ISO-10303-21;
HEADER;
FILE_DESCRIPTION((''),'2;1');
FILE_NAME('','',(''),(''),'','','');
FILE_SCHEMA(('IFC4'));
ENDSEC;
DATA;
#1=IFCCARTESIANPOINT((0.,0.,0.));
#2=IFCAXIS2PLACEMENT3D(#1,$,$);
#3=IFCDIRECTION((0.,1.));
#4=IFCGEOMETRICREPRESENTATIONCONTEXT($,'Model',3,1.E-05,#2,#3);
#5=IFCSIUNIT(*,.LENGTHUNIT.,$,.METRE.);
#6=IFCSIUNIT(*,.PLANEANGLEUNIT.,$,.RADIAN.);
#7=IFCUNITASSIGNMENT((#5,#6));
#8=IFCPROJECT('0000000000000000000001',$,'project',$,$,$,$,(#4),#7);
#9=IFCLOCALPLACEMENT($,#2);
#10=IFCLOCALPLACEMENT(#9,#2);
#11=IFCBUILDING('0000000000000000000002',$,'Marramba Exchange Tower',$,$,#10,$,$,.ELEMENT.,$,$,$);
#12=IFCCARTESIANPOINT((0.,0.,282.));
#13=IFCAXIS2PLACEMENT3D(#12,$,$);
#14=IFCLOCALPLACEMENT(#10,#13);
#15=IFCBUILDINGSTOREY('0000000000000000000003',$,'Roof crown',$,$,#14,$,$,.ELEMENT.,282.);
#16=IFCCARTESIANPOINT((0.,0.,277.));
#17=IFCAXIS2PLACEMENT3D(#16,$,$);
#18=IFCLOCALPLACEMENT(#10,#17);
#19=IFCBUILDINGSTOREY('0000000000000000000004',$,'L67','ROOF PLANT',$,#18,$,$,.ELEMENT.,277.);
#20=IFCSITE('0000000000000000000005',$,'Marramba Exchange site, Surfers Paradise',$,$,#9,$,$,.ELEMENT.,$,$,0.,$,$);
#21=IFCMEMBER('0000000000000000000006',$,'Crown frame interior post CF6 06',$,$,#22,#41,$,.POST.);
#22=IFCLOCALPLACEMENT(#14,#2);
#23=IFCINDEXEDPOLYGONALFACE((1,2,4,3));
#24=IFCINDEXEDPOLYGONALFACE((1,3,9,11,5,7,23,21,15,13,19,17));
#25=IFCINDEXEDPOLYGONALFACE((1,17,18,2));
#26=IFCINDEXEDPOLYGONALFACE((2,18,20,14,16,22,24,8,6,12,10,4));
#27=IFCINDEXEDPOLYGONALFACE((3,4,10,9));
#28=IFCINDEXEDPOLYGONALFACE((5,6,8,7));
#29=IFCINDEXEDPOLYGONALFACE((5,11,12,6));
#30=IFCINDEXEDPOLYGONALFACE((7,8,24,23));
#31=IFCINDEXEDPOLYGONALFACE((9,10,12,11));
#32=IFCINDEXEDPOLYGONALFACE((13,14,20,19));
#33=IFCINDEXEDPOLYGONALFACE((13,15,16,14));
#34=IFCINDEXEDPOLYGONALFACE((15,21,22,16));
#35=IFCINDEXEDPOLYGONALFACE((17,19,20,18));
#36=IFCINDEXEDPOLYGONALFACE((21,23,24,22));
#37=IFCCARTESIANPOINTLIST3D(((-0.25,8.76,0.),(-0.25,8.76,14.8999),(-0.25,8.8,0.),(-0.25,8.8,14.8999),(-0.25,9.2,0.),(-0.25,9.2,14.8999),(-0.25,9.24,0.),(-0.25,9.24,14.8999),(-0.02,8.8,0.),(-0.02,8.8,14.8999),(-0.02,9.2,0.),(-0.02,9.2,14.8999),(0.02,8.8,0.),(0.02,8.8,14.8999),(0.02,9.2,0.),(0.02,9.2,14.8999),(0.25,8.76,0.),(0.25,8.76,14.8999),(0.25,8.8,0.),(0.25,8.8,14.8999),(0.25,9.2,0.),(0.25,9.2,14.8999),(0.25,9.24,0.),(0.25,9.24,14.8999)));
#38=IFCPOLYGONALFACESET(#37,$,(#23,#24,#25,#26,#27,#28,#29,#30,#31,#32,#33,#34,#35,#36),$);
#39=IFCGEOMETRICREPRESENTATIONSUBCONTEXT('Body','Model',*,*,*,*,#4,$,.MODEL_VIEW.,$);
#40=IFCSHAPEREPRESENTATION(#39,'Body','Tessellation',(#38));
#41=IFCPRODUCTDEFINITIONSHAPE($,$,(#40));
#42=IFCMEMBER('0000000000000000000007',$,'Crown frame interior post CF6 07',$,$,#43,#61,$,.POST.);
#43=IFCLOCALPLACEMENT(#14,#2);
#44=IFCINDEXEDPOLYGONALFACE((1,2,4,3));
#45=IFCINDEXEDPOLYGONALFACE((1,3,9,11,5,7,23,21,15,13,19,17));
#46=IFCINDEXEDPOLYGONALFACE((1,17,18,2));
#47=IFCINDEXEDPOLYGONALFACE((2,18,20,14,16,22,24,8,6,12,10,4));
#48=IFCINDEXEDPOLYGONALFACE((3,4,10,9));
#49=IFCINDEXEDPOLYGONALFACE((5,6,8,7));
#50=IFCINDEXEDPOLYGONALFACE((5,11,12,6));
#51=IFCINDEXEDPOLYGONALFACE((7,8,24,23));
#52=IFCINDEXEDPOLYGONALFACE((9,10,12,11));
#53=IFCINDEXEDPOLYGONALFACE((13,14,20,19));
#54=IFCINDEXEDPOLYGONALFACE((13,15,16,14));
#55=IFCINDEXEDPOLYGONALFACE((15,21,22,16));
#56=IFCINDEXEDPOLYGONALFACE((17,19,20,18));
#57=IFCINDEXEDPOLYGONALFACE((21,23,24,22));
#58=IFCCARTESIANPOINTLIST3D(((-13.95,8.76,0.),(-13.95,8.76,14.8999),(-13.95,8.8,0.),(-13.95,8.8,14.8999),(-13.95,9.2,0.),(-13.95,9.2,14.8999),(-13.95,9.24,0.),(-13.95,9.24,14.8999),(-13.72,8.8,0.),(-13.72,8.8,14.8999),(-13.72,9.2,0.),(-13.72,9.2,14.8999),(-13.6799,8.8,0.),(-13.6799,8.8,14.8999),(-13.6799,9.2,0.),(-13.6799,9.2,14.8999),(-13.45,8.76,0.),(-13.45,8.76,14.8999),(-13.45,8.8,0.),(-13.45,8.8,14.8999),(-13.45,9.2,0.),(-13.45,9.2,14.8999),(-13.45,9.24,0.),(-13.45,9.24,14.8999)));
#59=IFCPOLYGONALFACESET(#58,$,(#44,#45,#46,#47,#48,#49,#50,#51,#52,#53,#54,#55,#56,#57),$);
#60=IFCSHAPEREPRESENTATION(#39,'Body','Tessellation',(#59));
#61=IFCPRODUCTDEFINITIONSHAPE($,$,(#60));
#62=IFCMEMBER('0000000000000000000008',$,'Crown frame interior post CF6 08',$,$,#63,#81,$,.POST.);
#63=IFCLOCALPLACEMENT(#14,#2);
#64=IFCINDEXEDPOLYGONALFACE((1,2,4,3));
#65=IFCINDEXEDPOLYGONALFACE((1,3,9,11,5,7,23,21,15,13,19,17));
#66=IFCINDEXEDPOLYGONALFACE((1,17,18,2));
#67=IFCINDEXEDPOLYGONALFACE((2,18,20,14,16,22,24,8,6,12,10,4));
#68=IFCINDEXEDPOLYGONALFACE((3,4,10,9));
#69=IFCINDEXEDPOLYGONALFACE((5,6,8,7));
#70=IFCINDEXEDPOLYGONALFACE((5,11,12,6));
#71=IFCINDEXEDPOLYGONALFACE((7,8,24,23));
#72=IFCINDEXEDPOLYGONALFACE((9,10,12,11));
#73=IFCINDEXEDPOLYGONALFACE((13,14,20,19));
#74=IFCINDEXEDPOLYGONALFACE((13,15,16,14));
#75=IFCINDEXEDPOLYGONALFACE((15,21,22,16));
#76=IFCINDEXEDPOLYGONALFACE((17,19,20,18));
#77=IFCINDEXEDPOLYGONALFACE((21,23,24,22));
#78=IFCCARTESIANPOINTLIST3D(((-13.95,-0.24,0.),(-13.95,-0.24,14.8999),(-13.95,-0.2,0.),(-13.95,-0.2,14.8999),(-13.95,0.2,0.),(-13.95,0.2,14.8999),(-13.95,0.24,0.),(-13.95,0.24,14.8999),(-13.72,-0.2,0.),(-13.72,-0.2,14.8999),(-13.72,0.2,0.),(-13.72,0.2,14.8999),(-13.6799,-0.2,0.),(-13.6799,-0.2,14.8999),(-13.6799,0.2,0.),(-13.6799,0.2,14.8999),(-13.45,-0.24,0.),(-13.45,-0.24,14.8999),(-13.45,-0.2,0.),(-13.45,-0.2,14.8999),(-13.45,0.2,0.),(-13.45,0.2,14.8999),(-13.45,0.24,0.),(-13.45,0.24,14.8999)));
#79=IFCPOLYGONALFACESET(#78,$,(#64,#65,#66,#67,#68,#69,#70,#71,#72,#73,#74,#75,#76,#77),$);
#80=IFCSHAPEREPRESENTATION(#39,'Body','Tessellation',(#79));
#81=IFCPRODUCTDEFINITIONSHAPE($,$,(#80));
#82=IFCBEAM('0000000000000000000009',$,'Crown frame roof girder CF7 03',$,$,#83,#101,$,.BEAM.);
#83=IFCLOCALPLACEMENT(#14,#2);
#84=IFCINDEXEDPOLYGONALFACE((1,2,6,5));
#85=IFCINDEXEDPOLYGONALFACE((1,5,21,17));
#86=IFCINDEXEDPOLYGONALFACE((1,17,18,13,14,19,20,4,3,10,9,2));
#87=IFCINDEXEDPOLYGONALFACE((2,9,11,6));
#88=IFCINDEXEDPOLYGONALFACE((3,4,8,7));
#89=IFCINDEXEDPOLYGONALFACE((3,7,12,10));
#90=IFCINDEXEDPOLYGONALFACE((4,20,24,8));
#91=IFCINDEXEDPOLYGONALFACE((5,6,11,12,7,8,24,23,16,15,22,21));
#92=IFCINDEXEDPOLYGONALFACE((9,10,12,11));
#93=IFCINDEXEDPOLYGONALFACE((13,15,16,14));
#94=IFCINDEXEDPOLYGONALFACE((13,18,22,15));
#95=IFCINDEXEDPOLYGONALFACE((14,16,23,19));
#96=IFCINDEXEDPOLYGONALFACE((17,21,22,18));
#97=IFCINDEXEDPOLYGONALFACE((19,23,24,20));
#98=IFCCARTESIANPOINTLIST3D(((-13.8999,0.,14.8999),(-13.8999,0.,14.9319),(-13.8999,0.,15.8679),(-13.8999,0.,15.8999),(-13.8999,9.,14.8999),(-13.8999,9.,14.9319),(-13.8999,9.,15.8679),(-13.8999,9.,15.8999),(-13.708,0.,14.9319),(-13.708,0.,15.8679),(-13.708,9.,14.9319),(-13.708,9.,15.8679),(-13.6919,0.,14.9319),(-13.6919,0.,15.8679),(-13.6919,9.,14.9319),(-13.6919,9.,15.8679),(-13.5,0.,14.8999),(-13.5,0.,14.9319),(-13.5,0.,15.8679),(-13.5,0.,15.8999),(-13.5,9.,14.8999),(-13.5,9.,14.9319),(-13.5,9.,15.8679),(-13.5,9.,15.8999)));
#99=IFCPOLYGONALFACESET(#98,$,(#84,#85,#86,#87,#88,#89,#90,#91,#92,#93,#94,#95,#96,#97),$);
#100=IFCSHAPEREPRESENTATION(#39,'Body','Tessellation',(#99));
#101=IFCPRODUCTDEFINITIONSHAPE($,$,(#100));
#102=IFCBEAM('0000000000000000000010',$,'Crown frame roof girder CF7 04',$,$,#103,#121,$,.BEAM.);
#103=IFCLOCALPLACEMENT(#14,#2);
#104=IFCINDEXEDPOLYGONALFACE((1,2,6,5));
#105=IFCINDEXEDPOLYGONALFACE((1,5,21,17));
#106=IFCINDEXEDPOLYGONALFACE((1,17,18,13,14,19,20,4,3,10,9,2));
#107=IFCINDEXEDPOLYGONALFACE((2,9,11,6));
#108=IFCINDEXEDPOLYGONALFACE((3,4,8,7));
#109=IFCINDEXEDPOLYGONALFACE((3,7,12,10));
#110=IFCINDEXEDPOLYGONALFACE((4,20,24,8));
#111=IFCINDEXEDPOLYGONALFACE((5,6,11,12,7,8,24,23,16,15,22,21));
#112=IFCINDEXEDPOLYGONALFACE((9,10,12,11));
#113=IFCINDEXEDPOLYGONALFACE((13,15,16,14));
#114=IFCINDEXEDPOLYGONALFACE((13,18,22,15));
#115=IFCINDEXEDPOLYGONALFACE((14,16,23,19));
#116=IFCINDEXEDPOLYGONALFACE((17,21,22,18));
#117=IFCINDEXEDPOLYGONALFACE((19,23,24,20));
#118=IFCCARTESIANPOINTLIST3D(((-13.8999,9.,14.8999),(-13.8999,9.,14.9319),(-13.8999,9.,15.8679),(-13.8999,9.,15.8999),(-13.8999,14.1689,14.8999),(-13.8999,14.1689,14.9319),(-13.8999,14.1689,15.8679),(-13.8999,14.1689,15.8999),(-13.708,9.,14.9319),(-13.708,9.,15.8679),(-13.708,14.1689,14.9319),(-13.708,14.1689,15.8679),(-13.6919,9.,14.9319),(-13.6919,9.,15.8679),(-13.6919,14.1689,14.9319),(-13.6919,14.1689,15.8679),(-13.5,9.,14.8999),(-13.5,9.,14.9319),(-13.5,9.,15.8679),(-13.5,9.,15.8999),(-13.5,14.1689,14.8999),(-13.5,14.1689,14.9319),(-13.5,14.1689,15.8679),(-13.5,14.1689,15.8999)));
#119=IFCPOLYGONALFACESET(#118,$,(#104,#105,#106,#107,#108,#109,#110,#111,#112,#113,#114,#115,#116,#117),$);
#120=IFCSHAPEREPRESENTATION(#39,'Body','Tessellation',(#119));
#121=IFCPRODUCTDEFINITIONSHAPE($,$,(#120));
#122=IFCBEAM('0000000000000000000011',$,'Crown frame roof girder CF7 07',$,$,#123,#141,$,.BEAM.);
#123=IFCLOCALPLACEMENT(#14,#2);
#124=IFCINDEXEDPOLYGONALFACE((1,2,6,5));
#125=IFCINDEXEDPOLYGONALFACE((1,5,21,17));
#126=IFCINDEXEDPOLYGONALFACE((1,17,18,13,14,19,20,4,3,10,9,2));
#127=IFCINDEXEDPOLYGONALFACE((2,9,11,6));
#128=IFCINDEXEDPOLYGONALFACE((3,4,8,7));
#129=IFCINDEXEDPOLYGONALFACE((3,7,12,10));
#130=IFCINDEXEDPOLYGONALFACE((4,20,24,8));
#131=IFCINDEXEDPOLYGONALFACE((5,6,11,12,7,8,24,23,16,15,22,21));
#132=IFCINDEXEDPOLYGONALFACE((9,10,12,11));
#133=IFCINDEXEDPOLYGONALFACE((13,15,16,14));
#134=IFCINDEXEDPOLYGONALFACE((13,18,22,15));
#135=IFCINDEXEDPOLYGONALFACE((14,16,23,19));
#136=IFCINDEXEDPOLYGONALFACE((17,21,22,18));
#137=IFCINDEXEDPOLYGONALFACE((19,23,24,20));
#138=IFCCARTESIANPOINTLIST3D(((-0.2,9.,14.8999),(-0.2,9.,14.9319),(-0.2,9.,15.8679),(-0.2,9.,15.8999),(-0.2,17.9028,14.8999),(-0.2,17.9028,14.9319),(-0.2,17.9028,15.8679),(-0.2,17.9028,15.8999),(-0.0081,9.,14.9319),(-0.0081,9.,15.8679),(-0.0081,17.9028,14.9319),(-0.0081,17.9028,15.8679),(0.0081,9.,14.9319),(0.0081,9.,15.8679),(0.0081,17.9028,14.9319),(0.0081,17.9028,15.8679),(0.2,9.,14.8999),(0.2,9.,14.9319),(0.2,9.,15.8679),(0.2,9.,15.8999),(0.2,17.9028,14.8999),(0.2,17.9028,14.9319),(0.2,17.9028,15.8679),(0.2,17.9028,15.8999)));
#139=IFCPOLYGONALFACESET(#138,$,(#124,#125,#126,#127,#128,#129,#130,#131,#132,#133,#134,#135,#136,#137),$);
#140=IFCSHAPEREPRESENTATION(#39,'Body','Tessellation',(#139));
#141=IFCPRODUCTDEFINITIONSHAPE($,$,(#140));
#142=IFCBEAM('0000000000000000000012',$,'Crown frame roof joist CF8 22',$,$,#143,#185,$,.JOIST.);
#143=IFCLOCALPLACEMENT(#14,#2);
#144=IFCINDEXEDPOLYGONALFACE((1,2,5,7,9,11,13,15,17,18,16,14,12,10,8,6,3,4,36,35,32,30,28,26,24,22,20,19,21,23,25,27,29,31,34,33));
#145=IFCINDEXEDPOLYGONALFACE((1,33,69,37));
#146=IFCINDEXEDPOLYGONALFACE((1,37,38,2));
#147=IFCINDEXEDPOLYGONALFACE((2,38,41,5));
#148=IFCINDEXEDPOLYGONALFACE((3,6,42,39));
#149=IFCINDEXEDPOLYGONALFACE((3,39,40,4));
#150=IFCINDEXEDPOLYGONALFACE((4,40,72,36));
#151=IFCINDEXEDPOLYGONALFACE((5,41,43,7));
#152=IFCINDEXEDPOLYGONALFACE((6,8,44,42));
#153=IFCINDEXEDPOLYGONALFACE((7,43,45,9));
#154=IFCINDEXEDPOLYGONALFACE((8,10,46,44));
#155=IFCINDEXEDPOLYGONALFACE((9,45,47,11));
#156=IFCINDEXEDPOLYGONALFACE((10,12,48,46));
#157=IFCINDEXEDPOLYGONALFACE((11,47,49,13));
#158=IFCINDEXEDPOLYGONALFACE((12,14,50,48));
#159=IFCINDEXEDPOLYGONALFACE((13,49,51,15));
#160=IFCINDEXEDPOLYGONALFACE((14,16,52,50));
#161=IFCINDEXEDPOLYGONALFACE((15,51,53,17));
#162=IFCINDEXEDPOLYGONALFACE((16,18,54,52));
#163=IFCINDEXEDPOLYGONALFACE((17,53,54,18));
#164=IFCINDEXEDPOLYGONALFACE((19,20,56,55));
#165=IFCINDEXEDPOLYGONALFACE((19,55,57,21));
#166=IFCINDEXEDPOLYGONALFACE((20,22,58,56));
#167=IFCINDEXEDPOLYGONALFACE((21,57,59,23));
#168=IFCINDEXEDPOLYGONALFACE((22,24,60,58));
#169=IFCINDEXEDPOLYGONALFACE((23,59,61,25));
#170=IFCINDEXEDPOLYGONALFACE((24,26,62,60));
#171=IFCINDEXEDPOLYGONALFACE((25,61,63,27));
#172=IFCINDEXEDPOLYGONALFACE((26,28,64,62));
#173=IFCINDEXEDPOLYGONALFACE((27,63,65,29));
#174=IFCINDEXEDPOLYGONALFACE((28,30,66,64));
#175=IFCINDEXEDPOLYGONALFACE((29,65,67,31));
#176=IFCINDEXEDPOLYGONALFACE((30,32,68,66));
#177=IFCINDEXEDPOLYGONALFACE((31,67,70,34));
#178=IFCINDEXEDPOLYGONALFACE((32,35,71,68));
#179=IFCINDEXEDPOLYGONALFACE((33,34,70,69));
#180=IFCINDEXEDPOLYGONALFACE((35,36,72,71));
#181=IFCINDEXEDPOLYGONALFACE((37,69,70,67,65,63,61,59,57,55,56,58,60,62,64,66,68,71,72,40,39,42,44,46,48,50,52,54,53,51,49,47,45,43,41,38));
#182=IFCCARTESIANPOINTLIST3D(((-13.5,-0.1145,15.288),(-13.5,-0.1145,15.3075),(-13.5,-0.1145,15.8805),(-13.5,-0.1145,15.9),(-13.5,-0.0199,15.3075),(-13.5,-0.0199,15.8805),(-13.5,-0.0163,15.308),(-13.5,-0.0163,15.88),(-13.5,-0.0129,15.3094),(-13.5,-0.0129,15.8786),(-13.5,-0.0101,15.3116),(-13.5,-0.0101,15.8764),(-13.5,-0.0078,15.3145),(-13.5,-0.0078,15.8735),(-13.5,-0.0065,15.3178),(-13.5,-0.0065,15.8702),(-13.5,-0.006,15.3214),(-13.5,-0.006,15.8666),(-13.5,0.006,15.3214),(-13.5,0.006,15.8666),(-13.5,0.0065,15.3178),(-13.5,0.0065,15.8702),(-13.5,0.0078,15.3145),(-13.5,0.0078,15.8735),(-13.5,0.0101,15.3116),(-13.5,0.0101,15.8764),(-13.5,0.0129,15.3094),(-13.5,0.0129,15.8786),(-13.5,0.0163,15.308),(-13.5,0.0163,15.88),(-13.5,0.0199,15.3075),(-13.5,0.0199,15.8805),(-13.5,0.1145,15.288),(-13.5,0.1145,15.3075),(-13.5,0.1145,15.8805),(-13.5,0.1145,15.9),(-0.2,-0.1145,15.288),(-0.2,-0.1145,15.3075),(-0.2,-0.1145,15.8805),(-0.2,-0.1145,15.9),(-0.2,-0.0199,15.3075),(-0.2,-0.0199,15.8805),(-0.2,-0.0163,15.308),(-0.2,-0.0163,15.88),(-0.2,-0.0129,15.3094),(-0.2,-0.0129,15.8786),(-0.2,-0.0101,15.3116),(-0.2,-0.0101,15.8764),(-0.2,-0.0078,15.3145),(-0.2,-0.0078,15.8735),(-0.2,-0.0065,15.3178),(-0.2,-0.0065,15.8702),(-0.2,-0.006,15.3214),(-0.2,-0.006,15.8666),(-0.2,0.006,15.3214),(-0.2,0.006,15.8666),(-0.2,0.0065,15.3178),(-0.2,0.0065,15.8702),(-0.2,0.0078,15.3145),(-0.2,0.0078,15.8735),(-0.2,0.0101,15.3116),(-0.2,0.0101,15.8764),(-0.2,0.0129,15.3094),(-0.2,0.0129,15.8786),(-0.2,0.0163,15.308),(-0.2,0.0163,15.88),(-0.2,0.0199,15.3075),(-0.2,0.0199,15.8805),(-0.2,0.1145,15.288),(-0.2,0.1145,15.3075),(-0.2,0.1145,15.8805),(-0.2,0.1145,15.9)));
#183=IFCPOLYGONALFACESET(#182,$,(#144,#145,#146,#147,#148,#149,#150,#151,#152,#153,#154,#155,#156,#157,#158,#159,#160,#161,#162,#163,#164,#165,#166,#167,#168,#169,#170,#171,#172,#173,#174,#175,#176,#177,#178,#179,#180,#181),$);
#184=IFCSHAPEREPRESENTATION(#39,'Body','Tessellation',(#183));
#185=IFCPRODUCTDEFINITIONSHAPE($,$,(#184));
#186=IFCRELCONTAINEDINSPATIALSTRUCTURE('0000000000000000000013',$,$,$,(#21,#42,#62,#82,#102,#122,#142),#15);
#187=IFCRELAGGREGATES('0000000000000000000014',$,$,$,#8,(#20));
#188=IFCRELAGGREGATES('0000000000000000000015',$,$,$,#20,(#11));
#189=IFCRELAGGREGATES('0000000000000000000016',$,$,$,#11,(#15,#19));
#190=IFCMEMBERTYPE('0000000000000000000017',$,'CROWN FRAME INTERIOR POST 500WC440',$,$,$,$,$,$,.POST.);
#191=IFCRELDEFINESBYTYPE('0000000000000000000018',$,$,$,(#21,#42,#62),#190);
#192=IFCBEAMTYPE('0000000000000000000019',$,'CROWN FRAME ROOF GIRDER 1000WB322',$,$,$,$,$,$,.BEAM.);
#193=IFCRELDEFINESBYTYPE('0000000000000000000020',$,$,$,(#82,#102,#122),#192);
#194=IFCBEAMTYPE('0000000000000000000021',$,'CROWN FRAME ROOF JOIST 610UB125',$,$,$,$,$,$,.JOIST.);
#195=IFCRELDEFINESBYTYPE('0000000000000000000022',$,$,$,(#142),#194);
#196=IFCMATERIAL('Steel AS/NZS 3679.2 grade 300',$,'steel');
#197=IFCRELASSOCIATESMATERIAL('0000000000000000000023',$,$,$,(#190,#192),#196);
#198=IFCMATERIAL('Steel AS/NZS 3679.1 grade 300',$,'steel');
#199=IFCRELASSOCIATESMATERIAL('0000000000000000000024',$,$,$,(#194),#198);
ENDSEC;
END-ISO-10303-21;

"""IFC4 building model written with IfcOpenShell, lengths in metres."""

from ifc_helpers import new_model, si_unit, direction, frame, origin, origin_2d, place, context, subcontext, project, spatial, i_section, extrude, material, material_profile, profile_set, type_object, element, save


model = new_model("IFC4")

# Units and contexts
model_context = context("Model", 3, precision=1e-05, world=origin(), true_north=direction((0.0, 1.0)))
body_context = subcontext(model_context, "Body", "Model", "MODEL_VIEW")
ifc_project = project(units=[si_unit("LENGTHUNIT", "METRE"), si_unit("PLANEANGLEUNIT", "RADIAN")], contexts=[model_context])

# Site, building, storey
site_placement = place(None, origin())
site = spatial("IfcSite", under=ifc_project, at=site_placement, Name="Marramba Exchange site, Surfers Paradise", CompositionType="ELEMENT", RefElevation=0.0)
building_placement = place(site_placement, origin())
building = spatial("IfcBuilding", under=site, at=building_placement, Name="Marramba Exchange Tower", CompositionType="ELEMENT")
storey_1_placement = place(building_placement, frame((0.0, 0.0, 282.0)))
storey_1 = spatial("IfcBuildingStorey", under=building, at=storey_1_placement, Name="Roof crown", CompositionType="ELEMENT", Elevation=282.0)

# Members
ifc_material_1 = material(Name="Steel AS/NZS 3679.2 grade 300", Category="steel")
ifc_material_profile_1 = material_profile(ifc_material_1, i_section(OverallWidth=0.5, OverallDepth=0.48, WebThickness=0.04, FlangeThickness=0.04, at=origin_2d()), Name="500WC440")
ifc_profile_set_1 = profile_set([ifc_material_profile_1], Name="Steel AS/NZS 3679.2 grade 300")
member_type = type_object("IfcMemberType", Name="CROWN FRAME INTERIOR POST 500WC440", PredefinedType="POST", material=ifc_profile_set_1)
for number, where, z_axis, x_axis, name in (
    (1, (0.0, 9.0, 0.0), (0.0, 0.0, 1.0), (1.0, 0.0, 0.0), "Crown frame interior post CF6 06"),
    (2, (-13.7, 9.0, 0.0), (0.0, 0.0, 1.0), (1.0, 0.0, 0.0), "Crown frame interior post CF6 07"),
    (3, (-13.7, 0.0, 0.0), (0.0, 0.0, 1.0), (1.0, 0.0, 0.0), "Crown frame interior post CF6 08"),
):
    element("IfcMember", number, at=place(storey_1_placement, frame(where, z_axis=z_axis, x_axis=x_axis)), inside=storey_1, type_object=member_type, Name=name, PredefinedType="POST", context=body_context, shape_type="SweptSolid", body=[
        extrude(i_section(OverallWidth=0.5, OverallDepth=0.48, WebThickness=0.04, FlangeThickness=0.04, at=origin_2d()), origin(), (0.0, 0.0, 1.0), 14.8999),
    ])

# Beams
ifc_material_profile_2 = material_profile(ifc_material_1, i_section(OverallWidth=0.3999, OverallDepth=1.0, WebThickness=0.0161, FlangeThickness=0.032, at=origin_2d()), Name="1000WB322")
ifc_profile_set_2 = profile_set([ifc_material_profile_2], Name="Steel AS/NZS 3679.2 grade 300")
beam_type_1 = type_object("IfcBeamType", Name="CROWN FRAME ROOF GIRDER 1000WB322", PredefinedType="BEAM", material=ifc_profile_set_2)
beam_1_placement = place(storey_1_placement, frame((-13.7, 0.0, 15.3999), z_axis=(0.0, 1.0, 0.0), x_axis=(-1.0, 0.0, 0.0)))
element("IfcBeam", 4, at=beam_1_placement, inside=storey_1, type_object=beam_type_1, Name="Crown frame roof girder CF7 03", PredefinedType="BEAM", context=body_context, shape_type="SweptSolid", body=[
    extrude(i_section(OverallWidth=0.3999, OverallDepth=1.0, WebThickness=0.0161, FlangeThickness=0.032, at=origin_2d()), origin(), (0.0, 0.0, 1.0), 9.0),
])
beam_2_placement = place(storey_1_placement, frame((-13.7, 9.0, 15.3999), z_axis=(0.0, 1.0, 0.0), x_axis=(-1.0, 0.0, 0.0)))
element("IfcBeam", 5, at=beam_2_placement, inside=storey_1, type_object=beam_type_1, Name="Crown frame roof girder CF7 04", PredefinedType="BEAM", context=body_context, shape_type="SweptSolid", body=[
    extrude(i_section(OverallWidth=0.3999, OverallDepth=1.0, WebThickness=0.0161, FlangeThickness=0.032, at=origin_2d()), origin(), (0.0, 0.0, 1.0), 5.1689),
])
beam_3_placement = place(storey_1_placement, frame((0.0, 9.0, 15.3999), z_axis=(0.0, 1.0, 0.0), x_axis=(-1.0, 0.0, 0.0)))
element("IfcBeam", 6, at=beam_3_placement, inside=storey_1, type_object=beam_type_1, Name="Crown frame roof girder CF7 07", PredefinedType="BEAM", context=body_context, shape_type="SweptSolid", body=[
    extrude(i_section(OverallWidth=0.3999, OverallDepth=1.0, WebThickness=0.0161, FlangeThickness=0.032, at=origin_2d()), origin(), (0.0, 0.0, 1.0), 8.9028),
])
ifc_material_2 = material(Name="Steel AS/NZS 3679.1 grade 300", Category="steel")
ifc_material_profile_3 = material_profile(ifc_material_2, i_section(OverallWidth=0.229, OverallDepth=0.6121, WebThickness=0.012, FlangeThickness=0.0195, FilletRadius=0.0139, at=origin_2d()), Name="610UB125")
ifc_profile_set_3 = profile_set([ifc_material_profile_3], Name="Steel AS/NZS 3679.1 grade 300")
beam_type_2 = type_object("IfcBeamType", Name="CROWN FRAME ROOF JOIST 610UB125", PredefinedType="JOIST", material=ifc_profile_set_3)
for number, where, z_axis, x_axis, name in (
    (7, (-13.5, 0.0, 15.594), (1.0, 0.0, 0.0), (0.0, 1.0, 0.0), "Crown frame roof joist CF8 22"),
):
    element("IfcBeam", number, at=place(storey_1_placement, frame(where, z_axis=z_axis, x_axis=x_axis)), inside=storey_1, type_object=beam_type_2, Name=name, PredefinedType="JOIST", context=body_context, shape_type="SweptSolid", body=[
        extrude(i_section(OverallWidth=0.229, OverallDepth=0.6121, WebThickness=0.012, FlangeThickness=0.0195, FilletRadius=0.0139, at=origin_2d()), origin(), (0.0, 0.0, 1.0), 13.3),
    ])

# Shared definitions
storey_2_placement = place(building_placement, frame((0.0, 0.0, 277.0)))
storey_2 = spatial("IfcBuildingStorey", under=building, at=storey_2_placement, Name="L67", Description="ROOF PLANT", CompositionType="ELEMENT", Elevation=277.0)

save(model, "model.ifc")
